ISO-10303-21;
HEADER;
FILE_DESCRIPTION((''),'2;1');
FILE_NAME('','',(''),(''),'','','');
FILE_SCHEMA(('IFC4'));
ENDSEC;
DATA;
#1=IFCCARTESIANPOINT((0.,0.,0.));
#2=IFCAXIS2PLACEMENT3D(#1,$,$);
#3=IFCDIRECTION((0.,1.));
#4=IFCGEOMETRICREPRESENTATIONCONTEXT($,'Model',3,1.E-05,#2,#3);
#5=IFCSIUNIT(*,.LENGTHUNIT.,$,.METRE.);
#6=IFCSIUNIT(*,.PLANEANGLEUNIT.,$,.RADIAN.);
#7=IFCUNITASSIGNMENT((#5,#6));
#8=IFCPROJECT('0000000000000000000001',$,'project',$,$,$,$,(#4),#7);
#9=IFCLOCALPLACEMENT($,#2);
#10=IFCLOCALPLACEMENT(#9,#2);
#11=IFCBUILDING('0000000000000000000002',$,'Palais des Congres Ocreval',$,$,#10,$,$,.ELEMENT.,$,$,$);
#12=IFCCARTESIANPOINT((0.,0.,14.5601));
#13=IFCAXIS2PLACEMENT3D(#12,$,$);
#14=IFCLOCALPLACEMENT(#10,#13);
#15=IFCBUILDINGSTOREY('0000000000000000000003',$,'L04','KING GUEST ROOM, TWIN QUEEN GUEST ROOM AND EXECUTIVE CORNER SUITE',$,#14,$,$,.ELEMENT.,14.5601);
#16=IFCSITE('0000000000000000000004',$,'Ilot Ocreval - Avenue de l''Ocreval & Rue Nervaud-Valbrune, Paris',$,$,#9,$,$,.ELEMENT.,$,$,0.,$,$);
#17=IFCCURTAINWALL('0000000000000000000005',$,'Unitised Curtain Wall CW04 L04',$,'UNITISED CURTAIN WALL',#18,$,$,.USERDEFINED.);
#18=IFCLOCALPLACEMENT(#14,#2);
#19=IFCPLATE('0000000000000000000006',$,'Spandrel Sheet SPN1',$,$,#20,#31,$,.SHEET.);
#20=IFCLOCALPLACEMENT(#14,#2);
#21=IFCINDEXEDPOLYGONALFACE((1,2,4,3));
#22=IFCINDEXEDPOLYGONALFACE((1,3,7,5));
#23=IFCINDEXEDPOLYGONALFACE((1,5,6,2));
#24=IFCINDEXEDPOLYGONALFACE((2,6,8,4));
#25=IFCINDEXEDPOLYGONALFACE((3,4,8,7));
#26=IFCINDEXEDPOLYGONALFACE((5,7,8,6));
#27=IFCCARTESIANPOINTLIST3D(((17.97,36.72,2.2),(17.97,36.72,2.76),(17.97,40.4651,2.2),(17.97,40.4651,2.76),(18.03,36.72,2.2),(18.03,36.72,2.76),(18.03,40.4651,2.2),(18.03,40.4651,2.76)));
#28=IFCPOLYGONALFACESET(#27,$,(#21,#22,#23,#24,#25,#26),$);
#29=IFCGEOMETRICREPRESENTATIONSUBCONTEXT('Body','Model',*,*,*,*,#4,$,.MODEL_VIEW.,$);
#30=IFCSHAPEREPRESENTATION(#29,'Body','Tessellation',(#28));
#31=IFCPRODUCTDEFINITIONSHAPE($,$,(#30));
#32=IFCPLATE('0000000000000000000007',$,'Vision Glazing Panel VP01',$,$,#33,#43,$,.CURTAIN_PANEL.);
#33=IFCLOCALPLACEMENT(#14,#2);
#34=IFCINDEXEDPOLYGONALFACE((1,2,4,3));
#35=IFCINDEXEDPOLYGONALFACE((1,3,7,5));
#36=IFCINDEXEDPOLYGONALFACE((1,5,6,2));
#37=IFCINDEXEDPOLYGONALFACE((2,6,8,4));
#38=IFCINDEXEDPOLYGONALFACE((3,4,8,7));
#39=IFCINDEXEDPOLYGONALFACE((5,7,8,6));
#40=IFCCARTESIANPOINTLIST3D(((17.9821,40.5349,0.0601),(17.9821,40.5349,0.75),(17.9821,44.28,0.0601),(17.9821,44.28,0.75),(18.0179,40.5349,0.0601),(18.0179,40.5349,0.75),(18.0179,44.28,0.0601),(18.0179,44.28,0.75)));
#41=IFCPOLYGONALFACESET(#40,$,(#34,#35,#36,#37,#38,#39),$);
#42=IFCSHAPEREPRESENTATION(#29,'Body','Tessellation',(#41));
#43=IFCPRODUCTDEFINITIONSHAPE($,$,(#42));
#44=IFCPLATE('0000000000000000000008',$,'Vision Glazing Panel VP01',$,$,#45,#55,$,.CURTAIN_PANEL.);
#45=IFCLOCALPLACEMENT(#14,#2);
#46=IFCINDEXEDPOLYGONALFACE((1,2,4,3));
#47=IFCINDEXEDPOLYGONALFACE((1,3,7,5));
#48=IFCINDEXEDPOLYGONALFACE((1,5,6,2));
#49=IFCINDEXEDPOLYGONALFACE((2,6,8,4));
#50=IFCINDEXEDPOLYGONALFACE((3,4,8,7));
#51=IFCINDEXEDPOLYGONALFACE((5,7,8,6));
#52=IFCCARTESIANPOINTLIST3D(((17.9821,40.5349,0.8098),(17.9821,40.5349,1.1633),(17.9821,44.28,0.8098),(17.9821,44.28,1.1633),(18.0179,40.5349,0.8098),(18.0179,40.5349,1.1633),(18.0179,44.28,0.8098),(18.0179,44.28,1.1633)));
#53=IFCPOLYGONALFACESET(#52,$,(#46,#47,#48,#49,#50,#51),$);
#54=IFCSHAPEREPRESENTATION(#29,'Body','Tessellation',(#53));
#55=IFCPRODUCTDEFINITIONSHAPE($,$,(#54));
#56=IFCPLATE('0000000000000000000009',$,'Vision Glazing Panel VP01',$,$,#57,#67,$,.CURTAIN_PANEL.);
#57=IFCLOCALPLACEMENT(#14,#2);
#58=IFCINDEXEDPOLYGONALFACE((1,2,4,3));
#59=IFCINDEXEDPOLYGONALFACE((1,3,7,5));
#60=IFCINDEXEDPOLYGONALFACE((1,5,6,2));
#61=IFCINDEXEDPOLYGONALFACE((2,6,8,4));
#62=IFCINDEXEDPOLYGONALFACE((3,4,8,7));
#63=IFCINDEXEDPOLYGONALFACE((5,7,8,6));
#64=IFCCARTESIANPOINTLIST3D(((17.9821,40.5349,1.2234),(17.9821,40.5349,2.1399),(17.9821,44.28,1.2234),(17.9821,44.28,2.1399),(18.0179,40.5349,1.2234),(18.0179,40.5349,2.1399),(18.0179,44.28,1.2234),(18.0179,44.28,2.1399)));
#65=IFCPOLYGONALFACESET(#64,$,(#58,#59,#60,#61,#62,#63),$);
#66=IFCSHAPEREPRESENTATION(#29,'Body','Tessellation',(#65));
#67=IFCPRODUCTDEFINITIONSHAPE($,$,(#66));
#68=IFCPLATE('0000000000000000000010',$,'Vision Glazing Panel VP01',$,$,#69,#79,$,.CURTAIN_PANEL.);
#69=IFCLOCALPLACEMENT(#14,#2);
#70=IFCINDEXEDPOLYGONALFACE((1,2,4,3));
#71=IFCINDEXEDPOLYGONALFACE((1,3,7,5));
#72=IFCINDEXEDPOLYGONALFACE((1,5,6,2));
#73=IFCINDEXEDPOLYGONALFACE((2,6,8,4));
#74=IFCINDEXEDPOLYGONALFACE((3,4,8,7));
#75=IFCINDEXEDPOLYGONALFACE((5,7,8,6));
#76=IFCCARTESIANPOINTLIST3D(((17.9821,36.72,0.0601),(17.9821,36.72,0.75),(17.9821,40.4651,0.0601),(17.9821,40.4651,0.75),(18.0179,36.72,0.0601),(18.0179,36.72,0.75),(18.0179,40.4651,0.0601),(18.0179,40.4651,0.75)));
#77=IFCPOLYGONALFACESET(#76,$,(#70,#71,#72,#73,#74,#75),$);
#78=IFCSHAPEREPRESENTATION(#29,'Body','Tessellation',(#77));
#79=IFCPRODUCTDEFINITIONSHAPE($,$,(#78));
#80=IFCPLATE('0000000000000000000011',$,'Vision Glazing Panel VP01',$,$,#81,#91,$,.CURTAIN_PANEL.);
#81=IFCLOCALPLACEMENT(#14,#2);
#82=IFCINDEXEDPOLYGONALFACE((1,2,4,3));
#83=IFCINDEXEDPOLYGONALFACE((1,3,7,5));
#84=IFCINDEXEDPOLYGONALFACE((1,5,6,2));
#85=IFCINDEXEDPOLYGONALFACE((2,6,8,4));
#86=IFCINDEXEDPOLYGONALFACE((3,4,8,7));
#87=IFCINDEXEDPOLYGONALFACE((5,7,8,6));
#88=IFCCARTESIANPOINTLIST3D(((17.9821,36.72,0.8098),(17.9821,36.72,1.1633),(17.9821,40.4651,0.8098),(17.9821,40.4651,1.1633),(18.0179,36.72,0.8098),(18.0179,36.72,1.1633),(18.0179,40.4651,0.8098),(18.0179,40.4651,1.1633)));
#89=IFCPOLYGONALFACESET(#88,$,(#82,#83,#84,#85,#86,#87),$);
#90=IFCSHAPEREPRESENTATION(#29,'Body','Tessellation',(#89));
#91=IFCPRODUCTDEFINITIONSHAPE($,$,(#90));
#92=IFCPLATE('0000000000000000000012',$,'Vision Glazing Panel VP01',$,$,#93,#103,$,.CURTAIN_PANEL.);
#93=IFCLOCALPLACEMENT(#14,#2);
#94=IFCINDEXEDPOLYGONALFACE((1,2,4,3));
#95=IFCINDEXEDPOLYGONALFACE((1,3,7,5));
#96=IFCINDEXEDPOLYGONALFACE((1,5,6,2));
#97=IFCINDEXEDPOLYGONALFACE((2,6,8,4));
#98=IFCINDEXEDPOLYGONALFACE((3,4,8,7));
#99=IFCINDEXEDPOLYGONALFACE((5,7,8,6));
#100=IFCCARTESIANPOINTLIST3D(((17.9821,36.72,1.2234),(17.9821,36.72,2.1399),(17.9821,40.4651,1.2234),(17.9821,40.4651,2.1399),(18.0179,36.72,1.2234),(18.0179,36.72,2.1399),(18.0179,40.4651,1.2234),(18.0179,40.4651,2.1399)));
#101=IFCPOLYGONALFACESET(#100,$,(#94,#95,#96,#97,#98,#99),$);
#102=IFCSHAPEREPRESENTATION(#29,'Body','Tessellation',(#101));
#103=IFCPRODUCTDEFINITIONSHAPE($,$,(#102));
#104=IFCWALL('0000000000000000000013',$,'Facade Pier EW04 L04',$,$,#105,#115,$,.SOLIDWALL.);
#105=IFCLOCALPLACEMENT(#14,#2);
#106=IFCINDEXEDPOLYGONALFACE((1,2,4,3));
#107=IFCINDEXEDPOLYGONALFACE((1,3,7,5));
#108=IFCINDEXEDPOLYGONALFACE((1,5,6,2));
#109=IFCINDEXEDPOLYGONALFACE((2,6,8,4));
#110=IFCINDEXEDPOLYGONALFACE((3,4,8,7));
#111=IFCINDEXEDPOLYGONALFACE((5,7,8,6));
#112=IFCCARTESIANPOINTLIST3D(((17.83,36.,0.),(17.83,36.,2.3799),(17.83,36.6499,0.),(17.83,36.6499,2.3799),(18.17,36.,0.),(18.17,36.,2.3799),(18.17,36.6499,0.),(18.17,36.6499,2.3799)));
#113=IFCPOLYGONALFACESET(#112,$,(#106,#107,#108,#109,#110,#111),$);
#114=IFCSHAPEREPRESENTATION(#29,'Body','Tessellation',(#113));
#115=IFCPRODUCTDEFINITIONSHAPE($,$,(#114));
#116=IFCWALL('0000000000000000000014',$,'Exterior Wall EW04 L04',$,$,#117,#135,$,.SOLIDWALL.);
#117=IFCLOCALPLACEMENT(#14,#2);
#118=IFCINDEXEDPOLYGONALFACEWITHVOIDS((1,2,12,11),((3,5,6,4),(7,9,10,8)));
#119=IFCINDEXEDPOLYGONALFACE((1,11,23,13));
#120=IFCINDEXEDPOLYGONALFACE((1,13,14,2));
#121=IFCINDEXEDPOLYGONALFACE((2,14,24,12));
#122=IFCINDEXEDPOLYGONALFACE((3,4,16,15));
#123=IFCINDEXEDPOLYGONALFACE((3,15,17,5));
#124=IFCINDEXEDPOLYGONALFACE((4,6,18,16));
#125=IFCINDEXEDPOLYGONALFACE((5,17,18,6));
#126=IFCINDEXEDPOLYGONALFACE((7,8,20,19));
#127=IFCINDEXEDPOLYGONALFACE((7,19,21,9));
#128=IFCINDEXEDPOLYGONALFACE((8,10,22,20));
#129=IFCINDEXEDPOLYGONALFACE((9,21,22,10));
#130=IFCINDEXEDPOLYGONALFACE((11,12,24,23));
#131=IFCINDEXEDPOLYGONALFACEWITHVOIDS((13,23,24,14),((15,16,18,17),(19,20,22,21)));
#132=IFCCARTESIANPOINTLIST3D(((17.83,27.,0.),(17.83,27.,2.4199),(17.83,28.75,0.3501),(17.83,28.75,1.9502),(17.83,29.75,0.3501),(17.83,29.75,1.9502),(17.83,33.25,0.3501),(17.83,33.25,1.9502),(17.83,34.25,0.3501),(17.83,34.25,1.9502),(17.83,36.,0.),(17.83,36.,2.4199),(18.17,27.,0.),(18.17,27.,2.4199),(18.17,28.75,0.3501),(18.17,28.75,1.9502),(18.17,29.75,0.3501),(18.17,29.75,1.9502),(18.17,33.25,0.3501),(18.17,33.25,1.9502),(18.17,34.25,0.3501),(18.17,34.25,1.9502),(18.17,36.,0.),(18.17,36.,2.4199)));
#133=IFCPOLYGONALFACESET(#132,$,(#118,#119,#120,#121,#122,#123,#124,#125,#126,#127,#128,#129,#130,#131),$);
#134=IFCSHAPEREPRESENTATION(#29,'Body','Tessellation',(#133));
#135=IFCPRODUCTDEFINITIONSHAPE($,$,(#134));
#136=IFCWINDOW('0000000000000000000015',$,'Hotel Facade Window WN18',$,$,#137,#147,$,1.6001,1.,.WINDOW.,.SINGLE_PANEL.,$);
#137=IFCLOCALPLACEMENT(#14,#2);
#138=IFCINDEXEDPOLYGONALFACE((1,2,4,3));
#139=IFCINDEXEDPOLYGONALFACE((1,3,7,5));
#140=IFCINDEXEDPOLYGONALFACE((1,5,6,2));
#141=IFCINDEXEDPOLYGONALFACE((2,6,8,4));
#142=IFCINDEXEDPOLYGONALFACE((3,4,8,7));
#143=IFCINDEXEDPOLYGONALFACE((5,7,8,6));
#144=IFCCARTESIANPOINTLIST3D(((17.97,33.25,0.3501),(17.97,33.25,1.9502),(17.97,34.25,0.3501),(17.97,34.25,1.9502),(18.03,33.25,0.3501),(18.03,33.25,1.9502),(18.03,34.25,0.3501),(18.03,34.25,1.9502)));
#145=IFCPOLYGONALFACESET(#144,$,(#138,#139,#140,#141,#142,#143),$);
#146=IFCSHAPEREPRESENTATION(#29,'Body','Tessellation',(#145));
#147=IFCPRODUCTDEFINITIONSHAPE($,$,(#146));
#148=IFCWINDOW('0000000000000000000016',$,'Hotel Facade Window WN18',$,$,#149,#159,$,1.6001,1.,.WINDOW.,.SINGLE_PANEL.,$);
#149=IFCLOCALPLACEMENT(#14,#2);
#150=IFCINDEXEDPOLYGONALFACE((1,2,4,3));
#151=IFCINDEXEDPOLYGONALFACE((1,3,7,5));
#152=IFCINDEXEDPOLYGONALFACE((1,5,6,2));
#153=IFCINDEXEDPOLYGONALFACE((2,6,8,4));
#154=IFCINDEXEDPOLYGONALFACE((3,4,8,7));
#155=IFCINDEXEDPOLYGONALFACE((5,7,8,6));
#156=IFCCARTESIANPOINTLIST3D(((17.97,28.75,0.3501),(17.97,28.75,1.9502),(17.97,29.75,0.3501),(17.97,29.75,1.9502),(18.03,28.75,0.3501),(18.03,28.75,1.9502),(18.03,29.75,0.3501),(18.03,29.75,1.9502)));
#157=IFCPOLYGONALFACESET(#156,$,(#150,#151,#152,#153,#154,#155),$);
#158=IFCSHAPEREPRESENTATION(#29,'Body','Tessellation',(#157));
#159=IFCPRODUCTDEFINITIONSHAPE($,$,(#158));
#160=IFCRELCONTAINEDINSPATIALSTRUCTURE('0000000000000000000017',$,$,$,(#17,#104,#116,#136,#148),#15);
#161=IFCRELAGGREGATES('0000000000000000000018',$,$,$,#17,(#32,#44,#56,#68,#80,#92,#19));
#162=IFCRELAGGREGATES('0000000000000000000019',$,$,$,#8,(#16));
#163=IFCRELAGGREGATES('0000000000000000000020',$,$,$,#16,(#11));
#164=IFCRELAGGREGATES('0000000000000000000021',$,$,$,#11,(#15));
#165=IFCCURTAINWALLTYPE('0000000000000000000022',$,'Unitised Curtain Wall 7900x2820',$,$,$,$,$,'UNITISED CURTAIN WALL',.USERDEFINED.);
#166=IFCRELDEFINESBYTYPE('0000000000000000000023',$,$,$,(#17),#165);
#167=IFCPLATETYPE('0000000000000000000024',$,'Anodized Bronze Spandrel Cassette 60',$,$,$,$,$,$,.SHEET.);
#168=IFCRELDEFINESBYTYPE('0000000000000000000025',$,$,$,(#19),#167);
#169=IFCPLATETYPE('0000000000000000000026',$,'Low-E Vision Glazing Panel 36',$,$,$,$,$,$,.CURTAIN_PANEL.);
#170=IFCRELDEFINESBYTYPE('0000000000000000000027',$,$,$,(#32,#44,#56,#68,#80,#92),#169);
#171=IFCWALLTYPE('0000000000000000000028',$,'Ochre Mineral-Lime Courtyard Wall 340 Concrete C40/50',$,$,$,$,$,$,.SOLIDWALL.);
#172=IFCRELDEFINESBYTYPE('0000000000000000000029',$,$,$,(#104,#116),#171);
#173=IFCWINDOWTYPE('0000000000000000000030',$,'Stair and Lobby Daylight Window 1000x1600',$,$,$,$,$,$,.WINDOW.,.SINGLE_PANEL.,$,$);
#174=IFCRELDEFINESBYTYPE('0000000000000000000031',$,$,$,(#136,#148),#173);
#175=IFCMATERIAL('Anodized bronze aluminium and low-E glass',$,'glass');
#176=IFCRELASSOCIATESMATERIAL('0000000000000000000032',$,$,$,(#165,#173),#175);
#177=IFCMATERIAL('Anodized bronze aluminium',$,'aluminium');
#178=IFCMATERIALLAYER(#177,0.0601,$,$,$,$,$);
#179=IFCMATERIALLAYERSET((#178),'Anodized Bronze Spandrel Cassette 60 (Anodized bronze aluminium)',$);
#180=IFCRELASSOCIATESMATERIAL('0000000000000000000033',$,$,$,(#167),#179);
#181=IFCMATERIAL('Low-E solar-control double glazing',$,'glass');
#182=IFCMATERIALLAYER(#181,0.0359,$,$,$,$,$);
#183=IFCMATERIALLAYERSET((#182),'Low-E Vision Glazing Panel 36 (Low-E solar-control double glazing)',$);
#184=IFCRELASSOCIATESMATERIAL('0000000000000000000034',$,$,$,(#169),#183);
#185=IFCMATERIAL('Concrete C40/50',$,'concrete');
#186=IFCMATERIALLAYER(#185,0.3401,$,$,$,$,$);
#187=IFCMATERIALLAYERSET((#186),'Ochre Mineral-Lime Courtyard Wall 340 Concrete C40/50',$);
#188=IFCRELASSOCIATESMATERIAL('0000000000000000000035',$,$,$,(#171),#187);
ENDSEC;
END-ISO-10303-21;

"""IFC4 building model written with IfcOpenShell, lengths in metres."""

from ifc_helpers import new_model, si_unit, direction, frame, frame_2d, origin, origin_2d, place, context, subcontext, project, spatial, rectangle, extrude, material, layer, layer_set, type_object, element, fill, aggregate, save


model = new_model("IFC4")

# Units and contexts
model_context = context("Model", 3, precision=1e-05, world=origin(), true_north=direction((0.0, 1.0)))
body_context = subcontext(model_context, "Body", "Model", "MODEL_VIEW")
ifc_project = project(units=[si_unit("LENGTHUNIT", "METRE"), si_unit("PLANEANGLEUNIT", "RADIAN")], contexts=[model_context])

# Site, building, storey
site_placement = place(None, origin())
site = spatial("IfcSite", under=ifc_project, at=site_placement, Name="Ilot Ocreval - Avenue de l'Ocreval & Rue Nervaud-Valbrune, Paris", CompositionType="ELEMENT", RefElevation=0.0)
building_placement = place(site_placement, origin())
building = spatial("IfcBuilding", under=site, at=building_placement, Name="Palais des Congres Ocreval", CompositionType="ELEMENT")
storey_placement = place(building_placement, frame((0.0, 0.0, 14.5601)))
storey = spatial("IfcBuildingStorey", under=building, at=storey_placement, Name="L04", Description="KING GUEST ROOM, TWIN QUEEN GUEST ROOM AND EXECUTIVE CORNER SUITE", CompositionType="ELEMENT", Elevation=14.5601)

# Curtain wall, plates
ifc_material_1 = material(Name="Anodized bronze aluminium and low-E glass", Category="glass")
curtain_wall_type = type_object("IfcCurtainWallType", Name="Unitised Curtain Wall 7900x2820", ElementType="UNITISED CURTAIN WALL", PredefinedType="USERDEFINED", material=ifc_material_1)
curtain_wall_placement = place(storey_placement, origin())
curtain_wall = element("IfcCurtainWall", 1, at=curtain_wall_placement, inside=storey, type_object=curtain_wall_type, Name="Unitised Curtain Wall CW04 L04", ObjectType="UNITISED CURTAIN WALL", PredefinedType="USERDEFINED")
ifc_material_2 = material(Name="Anodized bronze aluminium", Category="aluminium")
ifc_layer_1 = layer(ifc_material_2, 0.0601)
ifc_layer_set_1 = layer_set([ifc_layer_1], Name="Anodized Bronze Spandrel Cassette 60 (Anodized bronze aluminium)")
plate_type_1 = type_object("IfcPlateType", Name="Anodized Bronze Spandrel Cassette 60", PredefinedType="SHEET", material=ifc_layer_set_1)
plate_1_placement = place(storey_placement, frame((18.0, 38.5925, 2.2), z_axis=(0.0, 0.0, 1.0), x_axis=(0.0, -1.0, 0.0)))
plate_1 = element("IfcPlate", 2, at=plate_1_placement, type_object=plate_type_1, Name="Spandrel Sheet SPN1", PredefinedType="SHEET", context=body_context, shape_type="SweptSolid", body=[
    extrude(rectangle(XDim=3.7451, YDim=0.0601, at=origin_2d()), origin(), (0.0, 0.0, 1.0), 0.5601),
])
ifc_material_3 = material(Name="Low-E solar-control double glazing", Category="glass")
ifc_layer_2 = layer(ifc_material_3, 0.0359)
ifc_layer_set_2 = layer_set([ifc_layer_2], Name="Low-E Vision Glazing Panel 36 (Low-E solar-control double glazing)")
plate_type_2 = type_object("IfcPlateType", Name="Low-E Vision Glazing Panel 36", PredefinedType="CURTAIN_PANEL", material=ifc_layer_set_2)
plate_2_placement = place(storey_placement, frame((18.0, 42.4075, 0.0601), z_axis=(0.0, 0.0, 1.0), x_axis=(0.0, -1.0, 0.0)))
plate_2 = element("IfcPlate", 3, at=plate_2_placement, type_object=plate_type_2, Name="Vision Glazing Panel VP01", PredefinedType="CURTAIN_PANEL", context=body_context, shape_type="SweptSolid", body=[
    extrude(rectangle(XDim=3.7451, YDim=0.0359, at=origin_2d()), origin(), (0.0, 0.0, 1.0), 0.6899),
])
plate_3_placement = place(storey_placement, frame((18.0, 42.4075, 0.8098), z_axis=(0.0, 0.0, 1.0), x_axis=(0.0, -1.0, 0.0)))
plate_3 = element("IfcPlate", 4, at=plate_3_placement, type_object=plate_type_2, Name="Vision Glazing Panel VP01", PredefinedType="CURTAIN_PANEL", context=body_context, shape_type="SweptSolid", body=[
    extrude(rectangle(XDim=3.7451, YDim=0.0359, at=origin_2d()), origin(), (0.0, 0.0, 1.0), 0.3535),
])
plate_4_placement = place(storey_placement, frame((18.0, 42.4075, 1.2234), z_axis=(0.0, 0.0, 1.0), x_axis=(0.0, -1.0, 0.0)))
plate_4 = element("IfcPlate", 5, at=plate_4_placement, type_object=plate_type_2, Name="Vision Glazing Panel VP01", PredefinedType="CURTAIN_PANEL", context=body_context, shape_type="SweptSolid", body=[
    extrude(rectangle(XDim=3.7451, YDim=0.0359, at=origin_2d()), origin(), (0.0, 0.0, 1.0), 0.9165),
])
plate_5_placement = place(storey_placement, frame((18.0, 38.5925, 0.0601), z_axis=(0.0, 0.0, 1.0), x_axis=(0.0, -1.0, 0.0)))
plate_5 = element("IfcPlate", 6, at=plate_5_placement, type_object=plate_type_2, Name="Vision Glazing Panel VP01", PredefinedType="CURTAIN_PANEL", context=body_context, shape_type="SweptSolid", body=[
    extrude(rectangle(XDim=3.7451, YDim=0.0359, at=origin_2d()), origin(), (0.0, 0.0, 1.0), 0.6899),
])
plate_6_placement = place(storey_placement, frame((18.0, 38.5925, 0.8098), z_axis=(0.0, 0.0, 1.0), x_axis=(0.0, -1.0, 0.0)))
plate_6 = element("IfcPlate", 7, at=plate_6_placement, type_object=plate_type_2, Name="Vision Glazing Panel VP01", PredefinedType="CURTAIN_PANEL", context=body_context, shape_type="SweptSolid", body=[
    extrude(rectangle(XDim=3.7451, YDim=0.0359, at=origin_2d()), origin(), (0.0, 0.0, 1.0), 0.3535),
])
plate_7_placement = place(storey_placement, frame((18.0, 38.5925, 1.2234), z_axis=(0.0, 0.0, 1.0), x_axis=(0.0, -1.0, 0.0)))
plate_7 = element("IfcPlate", 8, at=plate_7_placement, type_object=plate_type_2, Name="Vision Glazing Panel VP01", PredefinedType="CURTAIN_PANEL", context=body_context, shape_type="SweptSolid", body=[
    extrude(rectangle(XDim=3.7451, YDim=0.0359, at=origin_2d()), origin(), (0.0, 0.0, 1.0), 0.9165),
])
aggregate(curtain_wall, [plate_2, plate_3, plate_4, plate_5, plate_6, plate_7, plate_1])

# Wall
ifc_material_4 = material(Name="Concrete C40/50", Category="concrete")
ifc_layer_3 = layer(ifc_material_4, 0.3401)
ifc_layer_set_3 = layer_set([ifc_layer_3], Name="Ochre Mineral-Lime Courtyard Wall 340 Concrete C40/50")
wall_type = type_object("IfcWallType", Name="Ochre Mineral-Lime Courtyard Wall 340 Concrete C40/50", PredefinedType="SOLIDWALL", material=ifc_layer_set_3)
wall_1_placement = place(storey_placement, frame((18.0, 36.6499, 0.0), z_axis=(0.0, 0.0, 1.0), x_axis=(0.0, -1.0, 0.0)))
element("IfcWall", 9, at=wall_1_placement, inside=storey, type_object=wall_type, Name="Facade Pier EW04 L04", PredefinedType="SOLIDWALL", context=body_context, shape_type="SweptSolid", body=[
    extrude(rectangle(XDim=0.6499, YDim=0.3401, at=frame_2d((0.325, 0.0))), origin(), (0.0, 0.0, 1.0), 2.3799),
])

# Wall, openings, windows
wall_2_placement = place(storey_placement, frame((18.0, 36.0, 0.0), z_axis=(0.0, 0.0, 1.0), x_axis=(0.0, -1.0, 0.0)))
wall_2 = element("IfcWall", 10, at=wall_2_placement, inside=storey, type_object=wall_type, Name="Exterior Wall EW04 L04", PredefinedType="SOLIDWALL", context=body_context, shape_type="SweptSolid", body=[
    extrude(rectangle(XDim=9.0, YDim=0.3401, at=frame_2d((4.5, 0.0))), origin(), (0.0, 0.0, 1.0), 2.4199),
])
opening_1_placement = place(wall_2_placement, frame((1.75, 0.0, 0.3501)))
opening_1 = element("IfcOpeningElement", 11, at=opening_1_placement, cuts=wall_2, PredefinedType="OPENING", context=body_context, shape_type="SweptSolid", body=[
    extrude(rectangle(XDim=1.0, YDim=1.6001, at=frame_2d((0.5, 0.8))), frame((0.0, 0.1799, 0.0), z_axis=(0.0, -1.0, 0.0), x_axis=(1.0, 0.0, 0.0)), (0.0, 0.0, 1.0), 0.3601),
])
opening_2_placement = place(wall_2_placement, frame((6.25, 0.0, 0.3501)))
opening_2 = element("IfcOpeningElement", 12, at=opening_2_placement, cuts=wall_2, PredefinedType="OPENING", context=body_context, shape_type="SweptSolid", body=[
    extrude(rectangle(XDim=1.0, YDim=1.6001, at=frame_2d((0.5, 0.8))), frame((0.0, 0.1799, 0.0), z_axis=(0.0, -1.0, 0.0), x_axis=(1.0, 0.0, 0.0)), (0.0, 0.0, 1.0), 0.3601),
])
window_type = type_object("IfcWindowType", Name="Stair and Lobby Daylight Window 1000x1600", PartitioningType="SINGLE_PANEL", PredefinedType="WINDOW", material=ifc_material_1)
window_1_placement = place(opening_1_placement, origin())
window_1 = element("IfcWindow", 13, at=window_1_placement, inside=storey, type_object=window_type, Name="Hotel Facade Window WN18", OverallHeight=1.6001, OverallWidth=1.0, PartitioningType="SINGLE_PANEL", PredefinedType="WINDOW", context=body_context, shape_type="SweptSolid", body=[
    extrude(rectangle(XDim=1.0, YDim=1.6001, at=frame_2d((0.5, 0.8))), frame((0.0, 0.03, 0.0), z_axis=(0.0, -1.0, 0.0), x_axis=(1.0, 0.0, 0.0)), (0.0, 0.0, 1.0), 0.0601),
])
fill(opening_1, window_1)
window_2_placement = place(opening_2_placement, origin())
window_2 = element("IfcWindow", 14, at=window_2_placement, inside=storey, type_object=window_type, Name="Hotel Facade Window WN18", OverallHeight=1.6001, OverallWidth=1.0, PartitioningType="SINGLE_PANEL", PredefinedType="WINDOW", context=body_context, shape_type="SweptSolid", body=[
    extrude(rectangle(XDim=1.0, YDim=1.6001, at=frame_2d((0.5, 0.8))), frame((0.0, 0.03, 0.0), z_axis=(0.0, -1.0, 0.0), x_axis=(1.0, 0.0, 0.0)), (0.0, 0.0, 1.0), 0.0601),
])
fill(opening_2, window_2)

save(model, "model.ifc")
